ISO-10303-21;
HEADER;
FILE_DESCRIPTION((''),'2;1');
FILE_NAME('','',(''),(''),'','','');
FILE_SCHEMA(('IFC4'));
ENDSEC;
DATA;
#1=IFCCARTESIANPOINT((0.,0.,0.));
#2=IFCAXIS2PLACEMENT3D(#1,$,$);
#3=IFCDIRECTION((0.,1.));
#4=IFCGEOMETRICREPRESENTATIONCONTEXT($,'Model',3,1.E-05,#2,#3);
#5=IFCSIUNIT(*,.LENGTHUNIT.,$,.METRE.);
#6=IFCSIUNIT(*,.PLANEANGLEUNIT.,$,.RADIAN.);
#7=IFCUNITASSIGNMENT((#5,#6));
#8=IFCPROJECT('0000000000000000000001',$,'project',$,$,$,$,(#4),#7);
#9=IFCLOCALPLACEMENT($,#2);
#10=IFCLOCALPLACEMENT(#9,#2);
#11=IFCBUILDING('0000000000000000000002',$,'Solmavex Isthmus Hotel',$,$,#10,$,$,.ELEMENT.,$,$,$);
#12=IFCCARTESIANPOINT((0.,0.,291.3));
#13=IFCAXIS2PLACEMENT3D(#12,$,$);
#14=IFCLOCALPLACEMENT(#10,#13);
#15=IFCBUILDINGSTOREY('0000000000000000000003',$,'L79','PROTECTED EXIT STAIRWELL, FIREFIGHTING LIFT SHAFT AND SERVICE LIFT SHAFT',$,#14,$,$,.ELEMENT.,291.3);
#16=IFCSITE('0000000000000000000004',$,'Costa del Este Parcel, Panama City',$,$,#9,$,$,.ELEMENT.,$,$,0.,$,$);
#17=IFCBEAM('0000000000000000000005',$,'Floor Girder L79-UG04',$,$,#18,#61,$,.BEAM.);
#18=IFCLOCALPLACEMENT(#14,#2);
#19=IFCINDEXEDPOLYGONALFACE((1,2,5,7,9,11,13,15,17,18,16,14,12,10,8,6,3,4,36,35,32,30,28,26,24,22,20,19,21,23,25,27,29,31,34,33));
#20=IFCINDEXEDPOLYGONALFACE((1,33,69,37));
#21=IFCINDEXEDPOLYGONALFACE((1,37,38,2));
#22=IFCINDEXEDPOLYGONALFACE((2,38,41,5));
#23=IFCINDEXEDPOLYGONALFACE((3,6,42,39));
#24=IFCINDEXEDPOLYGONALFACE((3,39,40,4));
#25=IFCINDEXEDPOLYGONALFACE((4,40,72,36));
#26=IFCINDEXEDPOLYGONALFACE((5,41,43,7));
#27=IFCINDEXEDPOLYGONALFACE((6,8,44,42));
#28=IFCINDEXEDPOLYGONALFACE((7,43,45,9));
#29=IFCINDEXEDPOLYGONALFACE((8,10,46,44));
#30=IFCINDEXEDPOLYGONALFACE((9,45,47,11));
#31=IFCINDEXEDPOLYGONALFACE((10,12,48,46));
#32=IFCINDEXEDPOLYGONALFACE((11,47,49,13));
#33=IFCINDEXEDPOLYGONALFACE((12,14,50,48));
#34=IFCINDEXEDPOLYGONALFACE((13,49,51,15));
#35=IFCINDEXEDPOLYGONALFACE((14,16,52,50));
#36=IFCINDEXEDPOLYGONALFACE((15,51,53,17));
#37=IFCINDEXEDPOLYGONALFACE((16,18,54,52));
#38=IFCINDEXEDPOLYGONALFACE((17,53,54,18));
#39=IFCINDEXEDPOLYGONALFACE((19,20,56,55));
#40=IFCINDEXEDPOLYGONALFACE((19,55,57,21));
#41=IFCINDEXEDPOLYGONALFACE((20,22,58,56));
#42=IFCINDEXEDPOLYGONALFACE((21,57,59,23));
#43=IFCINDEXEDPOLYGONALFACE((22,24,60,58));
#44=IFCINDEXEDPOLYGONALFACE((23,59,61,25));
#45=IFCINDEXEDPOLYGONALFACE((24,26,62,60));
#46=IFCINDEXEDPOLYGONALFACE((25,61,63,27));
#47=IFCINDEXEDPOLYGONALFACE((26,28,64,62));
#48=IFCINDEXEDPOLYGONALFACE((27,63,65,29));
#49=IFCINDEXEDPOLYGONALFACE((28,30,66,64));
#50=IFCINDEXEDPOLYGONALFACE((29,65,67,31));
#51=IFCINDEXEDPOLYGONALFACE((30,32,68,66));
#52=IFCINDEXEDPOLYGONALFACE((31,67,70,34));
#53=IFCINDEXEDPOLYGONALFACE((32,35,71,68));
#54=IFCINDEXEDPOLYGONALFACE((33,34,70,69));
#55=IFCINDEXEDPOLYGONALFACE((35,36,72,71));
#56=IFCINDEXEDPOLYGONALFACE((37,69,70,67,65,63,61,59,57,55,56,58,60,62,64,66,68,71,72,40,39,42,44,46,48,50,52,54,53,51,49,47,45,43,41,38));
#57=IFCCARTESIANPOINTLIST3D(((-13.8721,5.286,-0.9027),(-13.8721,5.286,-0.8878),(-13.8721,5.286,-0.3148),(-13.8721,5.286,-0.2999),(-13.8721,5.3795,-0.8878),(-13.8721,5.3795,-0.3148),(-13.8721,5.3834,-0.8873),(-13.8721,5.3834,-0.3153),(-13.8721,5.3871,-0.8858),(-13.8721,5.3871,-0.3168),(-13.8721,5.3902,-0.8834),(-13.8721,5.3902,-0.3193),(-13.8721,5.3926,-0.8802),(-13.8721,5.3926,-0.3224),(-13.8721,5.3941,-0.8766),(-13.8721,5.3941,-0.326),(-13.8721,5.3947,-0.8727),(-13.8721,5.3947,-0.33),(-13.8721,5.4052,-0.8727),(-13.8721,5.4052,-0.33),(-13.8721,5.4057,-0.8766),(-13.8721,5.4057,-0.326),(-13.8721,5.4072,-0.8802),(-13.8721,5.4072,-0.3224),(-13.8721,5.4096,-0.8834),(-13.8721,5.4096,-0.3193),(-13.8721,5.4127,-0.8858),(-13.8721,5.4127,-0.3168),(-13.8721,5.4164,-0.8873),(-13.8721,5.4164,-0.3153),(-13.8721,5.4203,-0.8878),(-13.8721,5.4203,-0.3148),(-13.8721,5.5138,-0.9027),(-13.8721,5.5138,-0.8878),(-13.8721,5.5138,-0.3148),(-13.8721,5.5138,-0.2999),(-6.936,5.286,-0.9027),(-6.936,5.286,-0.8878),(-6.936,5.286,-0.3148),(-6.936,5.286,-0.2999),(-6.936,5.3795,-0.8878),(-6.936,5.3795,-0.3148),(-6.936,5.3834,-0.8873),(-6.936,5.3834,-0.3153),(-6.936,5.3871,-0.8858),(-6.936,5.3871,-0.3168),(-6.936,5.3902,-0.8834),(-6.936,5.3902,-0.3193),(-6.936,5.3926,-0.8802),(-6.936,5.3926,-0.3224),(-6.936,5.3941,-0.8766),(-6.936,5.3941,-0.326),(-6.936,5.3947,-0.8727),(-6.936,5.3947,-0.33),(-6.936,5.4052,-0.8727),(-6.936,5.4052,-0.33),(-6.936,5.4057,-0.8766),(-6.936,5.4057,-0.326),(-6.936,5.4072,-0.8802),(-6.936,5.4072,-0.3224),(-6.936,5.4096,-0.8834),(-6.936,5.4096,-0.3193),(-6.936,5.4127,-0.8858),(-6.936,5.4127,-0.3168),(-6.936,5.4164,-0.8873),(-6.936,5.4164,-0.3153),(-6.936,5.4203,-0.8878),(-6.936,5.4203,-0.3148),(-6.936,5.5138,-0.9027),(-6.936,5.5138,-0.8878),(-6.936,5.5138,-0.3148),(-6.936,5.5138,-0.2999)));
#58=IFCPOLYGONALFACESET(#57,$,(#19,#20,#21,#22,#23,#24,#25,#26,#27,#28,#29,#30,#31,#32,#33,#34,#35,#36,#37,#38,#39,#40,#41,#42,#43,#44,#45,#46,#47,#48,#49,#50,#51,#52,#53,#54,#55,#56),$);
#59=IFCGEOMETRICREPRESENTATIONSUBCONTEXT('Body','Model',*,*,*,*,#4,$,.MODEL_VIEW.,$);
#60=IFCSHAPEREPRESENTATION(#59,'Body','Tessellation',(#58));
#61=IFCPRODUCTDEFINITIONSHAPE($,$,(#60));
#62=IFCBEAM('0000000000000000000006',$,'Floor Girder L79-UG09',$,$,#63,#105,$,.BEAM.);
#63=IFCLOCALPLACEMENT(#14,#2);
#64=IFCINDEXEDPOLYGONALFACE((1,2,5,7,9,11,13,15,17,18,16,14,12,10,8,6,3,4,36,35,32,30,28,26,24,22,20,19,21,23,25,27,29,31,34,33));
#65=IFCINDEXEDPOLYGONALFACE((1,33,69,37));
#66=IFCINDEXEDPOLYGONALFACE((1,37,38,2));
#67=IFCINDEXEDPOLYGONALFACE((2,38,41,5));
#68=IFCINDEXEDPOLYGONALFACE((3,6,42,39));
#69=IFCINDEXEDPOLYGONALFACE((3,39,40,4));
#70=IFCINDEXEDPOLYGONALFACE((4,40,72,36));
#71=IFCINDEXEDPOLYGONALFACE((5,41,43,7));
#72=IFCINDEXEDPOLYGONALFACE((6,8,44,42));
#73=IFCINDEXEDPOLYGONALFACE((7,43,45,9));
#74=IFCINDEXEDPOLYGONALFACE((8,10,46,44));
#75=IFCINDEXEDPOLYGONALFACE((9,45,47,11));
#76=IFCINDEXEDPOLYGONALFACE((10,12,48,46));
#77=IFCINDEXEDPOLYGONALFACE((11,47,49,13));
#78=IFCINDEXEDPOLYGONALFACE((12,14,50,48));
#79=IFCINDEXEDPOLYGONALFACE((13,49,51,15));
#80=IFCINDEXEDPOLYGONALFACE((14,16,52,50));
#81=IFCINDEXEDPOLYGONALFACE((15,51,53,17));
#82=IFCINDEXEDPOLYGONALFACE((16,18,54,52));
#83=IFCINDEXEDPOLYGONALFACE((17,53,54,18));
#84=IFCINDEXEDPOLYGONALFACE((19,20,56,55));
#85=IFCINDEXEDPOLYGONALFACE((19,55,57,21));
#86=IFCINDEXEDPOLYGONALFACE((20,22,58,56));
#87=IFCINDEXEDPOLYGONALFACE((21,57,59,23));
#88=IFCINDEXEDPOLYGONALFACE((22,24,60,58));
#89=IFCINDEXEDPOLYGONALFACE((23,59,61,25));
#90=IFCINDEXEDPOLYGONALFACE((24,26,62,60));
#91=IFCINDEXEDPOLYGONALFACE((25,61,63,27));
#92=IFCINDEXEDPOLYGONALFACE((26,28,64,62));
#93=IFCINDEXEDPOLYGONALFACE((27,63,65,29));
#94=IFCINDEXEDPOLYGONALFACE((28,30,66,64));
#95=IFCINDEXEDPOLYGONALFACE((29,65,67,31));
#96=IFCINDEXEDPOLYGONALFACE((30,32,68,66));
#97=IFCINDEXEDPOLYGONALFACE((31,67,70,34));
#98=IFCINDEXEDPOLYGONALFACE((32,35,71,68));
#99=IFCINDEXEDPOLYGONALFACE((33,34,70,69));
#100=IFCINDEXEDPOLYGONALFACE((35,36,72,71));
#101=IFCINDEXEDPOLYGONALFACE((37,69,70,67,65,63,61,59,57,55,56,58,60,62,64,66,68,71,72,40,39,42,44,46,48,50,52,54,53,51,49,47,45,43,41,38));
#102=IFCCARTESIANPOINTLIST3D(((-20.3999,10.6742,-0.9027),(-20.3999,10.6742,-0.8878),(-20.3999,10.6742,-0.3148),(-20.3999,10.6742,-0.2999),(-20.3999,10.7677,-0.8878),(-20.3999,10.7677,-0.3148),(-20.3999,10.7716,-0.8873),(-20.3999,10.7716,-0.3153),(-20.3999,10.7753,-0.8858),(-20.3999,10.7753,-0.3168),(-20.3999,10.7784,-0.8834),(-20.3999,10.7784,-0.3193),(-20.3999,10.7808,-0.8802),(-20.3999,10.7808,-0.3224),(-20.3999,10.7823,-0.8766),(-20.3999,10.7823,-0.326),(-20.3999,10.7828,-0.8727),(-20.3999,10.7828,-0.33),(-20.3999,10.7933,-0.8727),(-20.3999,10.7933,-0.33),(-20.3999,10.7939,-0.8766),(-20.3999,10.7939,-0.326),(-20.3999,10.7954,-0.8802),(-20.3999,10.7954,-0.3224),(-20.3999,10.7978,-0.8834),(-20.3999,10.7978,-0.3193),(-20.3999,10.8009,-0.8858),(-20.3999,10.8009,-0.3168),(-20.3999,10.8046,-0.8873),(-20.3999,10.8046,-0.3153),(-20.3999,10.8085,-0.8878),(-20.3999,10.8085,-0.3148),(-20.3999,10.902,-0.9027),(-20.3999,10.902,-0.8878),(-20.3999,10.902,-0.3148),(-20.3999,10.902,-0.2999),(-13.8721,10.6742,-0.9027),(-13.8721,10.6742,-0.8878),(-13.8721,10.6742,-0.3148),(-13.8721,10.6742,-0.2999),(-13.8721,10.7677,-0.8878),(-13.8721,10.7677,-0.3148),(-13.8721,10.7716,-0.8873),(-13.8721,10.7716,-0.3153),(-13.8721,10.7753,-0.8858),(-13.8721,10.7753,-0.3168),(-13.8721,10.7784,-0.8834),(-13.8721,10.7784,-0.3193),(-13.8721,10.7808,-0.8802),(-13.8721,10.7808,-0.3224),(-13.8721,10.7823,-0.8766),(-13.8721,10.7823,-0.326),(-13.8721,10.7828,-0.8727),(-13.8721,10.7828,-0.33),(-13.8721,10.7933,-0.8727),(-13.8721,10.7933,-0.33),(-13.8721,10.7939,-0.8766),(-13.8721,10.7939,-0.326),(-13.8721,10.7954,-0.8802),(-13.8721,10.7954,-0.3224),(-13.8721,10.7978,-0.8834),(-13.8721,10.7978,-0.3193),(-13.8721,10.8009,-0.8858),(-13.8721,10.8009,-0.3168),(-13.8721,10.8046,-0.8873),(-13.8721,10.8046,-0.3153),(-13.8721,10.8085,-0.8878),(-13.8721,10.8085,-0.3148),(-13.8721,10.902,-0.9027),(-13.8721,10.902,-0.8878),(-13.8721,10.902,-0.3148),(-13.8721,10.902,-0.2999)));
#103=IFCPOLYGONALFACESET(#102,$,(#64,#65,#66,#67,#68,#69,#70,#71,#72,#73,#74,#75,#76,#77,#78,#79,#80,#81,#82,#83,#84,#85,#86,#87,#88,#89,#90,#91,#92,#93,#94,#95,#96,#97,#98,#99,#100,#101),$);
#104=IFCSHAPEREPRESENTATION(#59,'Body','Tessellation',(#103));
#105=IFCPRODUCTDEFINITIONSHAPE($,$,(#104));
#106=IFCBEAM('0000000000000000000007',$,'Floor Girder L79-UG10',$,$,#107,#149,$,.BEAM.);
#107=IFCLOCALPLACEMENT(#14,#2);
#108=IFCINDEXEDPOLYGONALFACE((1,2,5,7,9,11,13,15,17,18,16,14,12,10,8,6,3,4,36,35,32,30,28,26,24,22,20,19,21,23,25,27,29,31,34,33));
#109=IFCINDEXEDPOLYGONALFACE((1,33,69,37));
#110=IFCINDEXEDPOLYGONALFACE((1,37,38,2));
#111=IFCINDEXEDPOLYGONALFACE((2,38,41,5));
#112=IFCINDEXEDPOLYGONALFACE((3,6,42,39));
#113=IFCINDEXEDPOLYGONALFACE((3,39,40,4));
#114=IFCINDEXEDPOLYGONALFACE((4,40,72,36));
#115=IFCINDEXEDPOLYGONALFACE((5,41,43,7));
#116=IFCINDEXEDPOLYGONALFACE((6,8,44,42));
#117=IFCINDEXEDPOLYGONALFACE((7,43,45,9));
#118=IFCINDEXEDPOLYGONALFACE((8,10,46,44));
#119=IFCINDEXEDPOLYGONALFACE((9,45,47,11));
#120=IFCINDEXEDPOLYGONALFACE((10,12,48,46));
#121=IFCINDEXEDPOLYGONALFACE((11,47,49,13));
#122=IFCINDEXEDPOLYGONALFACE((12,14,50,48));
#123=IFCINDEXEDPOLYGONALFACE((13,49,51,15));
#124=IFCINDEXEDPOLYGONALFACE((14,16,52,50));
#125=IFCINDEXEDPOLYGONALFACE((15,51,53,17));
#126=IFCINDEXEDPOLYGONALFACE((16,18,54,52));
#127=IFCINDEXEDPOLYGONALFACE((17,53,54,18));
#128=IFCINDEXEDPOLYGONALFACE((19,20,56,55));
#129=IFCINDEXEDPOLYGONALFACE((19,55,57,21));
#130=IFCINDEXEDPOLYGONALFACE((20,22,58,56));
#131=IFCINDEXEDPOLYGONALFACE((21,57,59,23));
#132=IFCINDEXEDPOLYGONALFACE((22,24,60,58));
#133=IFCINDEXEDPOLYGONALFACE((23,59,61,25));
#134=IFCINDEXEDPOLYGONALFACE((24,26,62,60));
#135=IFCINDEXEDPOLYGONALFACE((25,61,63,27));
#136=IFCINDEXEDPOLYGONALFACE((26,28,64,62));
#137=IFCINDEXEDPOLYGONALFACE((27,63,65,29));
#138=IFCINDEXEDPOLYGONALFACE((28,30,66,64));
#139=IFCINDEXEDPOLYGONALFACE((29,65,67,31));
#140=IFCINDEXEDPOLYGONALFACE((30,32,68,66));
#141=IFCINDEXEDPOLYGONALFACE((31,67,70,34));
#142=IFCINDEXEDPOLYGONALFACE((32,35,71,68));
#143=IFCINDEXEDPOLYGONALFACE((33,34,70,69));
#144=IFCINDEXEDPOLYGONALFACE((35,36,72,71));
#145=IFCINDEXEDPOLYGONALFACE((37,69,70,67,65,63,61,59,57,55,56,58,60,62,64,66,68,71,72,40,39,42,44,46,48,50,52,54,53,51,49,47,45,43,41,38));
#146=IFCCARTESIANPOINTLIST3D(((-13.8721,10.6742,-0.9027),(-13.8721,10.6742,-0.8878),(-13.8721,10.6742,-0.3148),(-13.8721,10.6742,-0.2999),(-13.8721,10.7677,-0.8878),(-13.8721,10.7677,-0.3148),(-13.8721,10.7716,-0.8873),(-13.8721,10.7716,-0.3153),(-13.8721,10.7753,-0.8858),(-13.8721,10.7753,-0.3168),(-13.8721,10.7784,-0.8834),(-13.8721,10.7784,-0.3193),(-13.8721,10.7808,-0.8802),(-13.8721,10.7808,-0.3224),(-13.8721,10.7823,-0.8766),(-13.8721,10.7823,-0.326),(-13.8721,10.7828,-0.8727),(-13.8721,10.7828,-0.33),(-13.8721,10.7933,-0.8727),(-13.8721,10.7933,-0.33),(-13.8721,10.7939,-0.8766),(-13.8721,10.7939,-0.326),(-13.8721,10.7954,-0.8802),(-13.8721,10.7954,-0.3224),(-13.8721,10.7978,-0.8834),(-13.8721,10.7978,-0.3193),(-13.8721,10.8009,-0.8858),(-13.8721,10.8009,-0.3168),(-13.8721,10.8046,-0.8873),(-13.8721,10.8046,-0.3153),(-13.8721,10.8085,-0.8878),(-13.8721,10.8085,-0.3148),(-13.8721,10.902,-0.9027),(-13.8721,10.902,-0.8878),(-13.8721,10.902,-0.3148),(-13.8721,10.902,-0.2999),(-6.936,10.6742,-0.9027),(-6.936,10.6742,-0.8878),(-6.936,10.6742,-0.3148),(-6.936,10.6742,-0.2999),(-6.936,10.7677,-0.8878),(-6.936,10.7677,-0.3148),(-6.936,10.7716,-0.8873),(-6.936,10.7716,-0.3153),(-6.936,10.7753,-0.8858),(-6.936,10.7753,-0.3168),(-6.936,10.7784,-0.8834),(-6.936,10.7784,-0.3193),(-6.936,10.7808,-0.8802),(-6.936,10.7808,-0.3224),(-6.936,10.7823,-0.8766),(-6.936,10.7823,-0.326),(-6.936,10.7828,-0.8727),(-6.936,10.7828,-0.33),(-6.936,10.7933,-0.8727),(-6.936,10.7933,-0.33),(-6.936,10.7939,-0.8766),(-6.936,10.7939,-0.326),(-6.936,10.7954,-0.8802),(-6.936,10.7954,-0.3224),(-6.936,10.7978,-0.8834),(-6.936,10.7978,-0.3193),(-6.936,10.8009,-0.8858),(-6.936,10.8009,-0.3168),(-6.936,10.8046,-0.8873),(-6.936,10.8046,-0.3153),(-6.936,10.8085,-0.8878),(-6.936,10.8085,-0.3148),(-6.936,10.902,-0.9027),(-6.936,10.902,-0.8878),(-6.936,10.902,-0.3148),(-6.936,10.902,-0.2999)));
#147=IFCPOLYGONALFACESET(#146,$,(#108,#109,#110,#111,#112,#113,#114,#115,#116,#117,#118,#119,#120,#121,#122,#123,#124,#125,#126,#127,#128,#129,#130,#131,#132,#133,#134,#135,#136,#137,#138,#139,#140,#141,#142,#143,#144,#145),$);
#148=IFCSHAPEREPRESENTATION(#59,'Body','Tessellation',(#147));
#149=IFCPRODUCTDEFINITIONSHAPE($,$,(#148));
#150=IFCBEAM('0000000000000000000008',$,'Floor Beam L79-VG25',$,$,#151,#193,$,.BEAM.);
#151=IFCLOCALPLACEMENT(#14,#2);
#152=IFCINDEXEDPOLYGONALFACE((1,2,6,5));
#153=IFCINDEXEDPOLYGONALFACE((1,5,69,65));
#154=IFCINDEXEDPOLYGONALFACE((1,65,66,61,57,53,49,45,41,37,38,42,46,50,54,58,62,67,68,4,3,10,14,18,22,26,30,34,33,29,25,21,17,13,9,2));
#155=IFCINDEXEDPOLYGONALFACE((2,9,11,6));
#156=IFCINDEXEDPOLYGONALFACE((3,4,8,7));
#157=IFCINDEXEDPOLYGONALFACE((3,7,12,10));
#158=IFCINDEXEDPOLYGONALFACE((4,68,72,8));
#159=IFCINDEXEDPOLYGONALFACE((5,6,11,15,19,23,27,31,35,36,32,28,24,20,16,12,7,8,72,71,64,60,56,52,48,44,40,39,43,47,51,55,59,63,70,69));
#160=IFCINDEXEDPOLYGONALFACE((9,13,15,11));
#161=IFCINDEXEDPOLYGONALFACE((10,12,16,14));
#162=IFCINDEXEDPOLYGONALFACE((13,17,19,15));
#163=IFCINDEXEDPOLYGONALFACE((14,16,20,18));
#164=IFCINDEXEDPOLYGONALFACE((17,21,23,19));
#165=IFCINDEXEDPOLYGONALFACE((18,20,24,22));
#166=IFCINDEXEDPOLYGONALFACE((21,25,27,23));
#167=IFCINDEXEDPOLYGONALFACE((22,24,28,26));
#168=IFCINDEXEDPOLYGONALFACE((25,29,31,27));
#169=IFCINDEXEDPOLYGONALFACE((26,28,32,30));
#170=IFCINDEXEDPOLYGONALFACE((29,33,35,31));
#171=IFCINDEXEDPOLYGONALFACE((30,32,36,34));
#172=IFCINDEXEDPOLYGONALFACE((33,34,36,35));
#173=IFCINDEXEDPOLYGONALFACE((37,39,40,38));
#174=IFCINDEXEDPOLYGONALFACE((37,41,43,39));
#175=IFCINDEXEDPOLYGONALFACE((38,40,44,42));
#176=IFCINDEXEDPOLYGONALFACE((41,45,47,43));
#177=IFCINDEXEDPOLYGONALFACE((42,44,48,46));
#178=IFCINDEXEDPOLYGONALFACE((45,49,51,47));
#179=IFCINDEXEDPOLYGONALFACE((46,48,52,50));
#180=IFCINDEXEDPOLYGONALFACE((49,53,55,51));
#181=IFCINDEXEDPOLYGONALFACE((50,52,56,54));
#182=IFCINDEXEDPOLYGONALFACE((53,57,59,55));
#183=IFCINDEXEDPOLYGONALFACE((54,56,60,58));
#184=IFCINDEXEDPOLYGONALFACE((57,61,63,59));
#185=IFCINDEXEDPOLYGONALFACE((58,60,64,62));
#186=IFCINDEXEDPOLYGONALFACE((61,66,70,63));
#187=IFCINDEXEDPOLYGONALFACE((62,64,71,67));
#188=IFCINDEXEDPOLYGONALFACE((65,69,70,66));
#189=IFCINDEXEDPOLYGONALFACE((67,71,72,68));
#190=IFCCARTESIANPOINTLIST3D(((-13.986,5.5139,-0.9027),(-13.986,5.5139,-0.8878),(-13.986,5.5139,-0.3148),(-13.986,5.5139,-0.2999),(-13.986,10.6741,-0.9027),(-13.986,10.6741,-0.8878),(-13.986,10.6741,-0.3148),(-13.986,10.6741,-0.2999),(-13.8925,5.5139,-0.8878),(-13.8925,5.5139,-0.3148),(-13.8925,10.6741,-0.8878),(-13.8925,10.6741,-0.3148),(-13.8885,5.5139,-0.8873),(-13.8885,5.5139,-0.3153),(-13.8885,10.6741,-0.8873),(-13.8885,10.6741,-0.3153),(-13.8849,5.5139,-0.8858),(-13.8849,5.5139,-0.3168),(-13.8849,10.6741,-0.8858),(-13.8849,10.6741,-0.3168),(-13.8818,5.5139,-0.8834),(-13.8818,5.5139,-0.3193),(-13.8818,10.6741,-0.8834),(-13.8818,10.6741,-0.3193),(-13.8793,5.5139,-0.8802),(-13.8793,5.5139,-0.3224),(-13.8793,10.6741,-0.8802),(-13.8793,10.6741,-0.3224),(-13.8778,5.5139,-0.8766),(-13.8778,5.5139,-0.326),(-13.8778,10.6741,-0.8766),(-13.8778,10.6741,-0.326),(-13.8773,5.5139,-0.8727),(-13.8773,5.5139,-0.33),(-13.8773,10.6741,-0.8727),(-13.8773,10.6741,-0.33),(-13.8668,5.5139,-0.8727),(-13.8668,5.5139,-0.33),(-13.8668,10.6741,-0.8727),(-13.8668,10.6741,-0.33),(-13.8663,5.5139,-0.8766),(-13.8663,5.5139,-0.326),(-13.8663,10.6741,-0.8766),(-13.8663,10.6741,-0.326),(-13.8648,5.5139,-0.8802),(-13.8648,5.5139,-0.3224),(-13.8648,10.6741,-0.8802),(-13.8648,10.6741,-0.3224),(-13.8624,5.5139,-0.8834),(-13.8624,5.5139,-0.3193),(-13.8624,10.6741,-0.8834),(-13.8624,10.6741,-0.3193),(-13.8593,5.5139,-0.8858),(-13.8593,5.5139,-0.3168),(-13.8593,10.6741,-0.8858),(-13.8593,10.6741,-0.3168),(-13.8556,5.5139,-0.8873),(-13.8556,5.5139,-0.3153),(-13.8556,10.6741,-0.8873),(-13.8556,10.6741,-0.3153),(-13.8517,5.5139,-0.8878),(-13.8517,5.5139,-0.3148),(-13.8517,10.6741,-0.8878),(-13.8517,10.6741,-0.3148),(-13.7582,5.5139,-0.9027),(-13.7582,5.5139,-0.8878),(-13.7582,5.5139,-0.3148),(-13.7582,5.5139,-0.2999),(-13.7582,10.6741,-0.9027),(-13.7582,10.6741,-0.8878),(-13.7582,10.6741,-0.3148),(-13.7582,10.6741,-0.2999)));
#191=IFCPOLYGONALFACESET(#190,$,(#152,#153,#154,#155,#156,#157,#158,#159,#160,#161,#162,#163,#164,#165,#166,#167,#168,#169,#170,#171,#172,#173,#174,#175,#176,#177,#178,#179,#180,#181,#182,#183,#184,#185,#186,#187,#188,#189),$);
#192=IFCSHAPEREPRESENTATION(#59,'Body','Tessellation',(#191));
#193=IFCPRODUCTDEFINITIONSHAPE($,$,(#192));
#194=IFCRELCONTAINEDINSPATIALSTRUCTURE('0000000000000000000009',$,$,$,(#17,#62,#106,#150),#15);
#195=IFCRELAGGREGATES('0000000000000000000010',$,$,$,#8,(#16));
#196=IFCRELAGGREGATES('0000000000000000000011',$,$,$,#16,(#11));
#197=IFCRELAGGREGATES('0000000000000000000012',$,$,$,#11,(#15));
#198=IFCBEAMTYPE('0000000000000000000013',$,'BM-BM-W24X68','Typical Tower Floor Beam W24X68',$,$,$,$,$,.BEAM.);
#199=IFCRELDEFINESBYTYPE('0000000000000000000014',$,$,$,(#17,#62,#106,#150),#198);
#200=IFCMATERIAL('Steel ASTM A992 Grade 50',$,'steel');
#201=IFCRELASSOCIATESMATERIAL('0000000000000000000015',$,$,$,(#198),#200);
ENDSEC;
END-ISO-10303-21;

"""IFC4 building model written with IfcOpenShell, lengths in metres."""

from ifc_helpers import new_model, si_unit, direction, frame, origin, origin_2d, place, context, subcontext, project, spatial, i_section, extrude, material, material_profile, profile_set, type_object, element, save


model = new_model("IFC4")

# Units and contexts
model_context = context("Model", 3, precision=1e-05, world=origin(), true_north=direction((0.0, 1.0)))
body_context = subcontext(model_context, "Body", "Model", "MODEL_VIEW")
ifc_project = project(units=[si_unit("LENGTHUNIT", "METRE"), si_unit("PLANEANGLEUNIT", "RADIAN")], contexts=[model_context])

# Site, building, storey
site_placement = place(None, origin())
site = spatial("IfcSite", under=ifc_project, at=site_placement, Name="Costa del Este Parcel, Panama City", CompositionType="ELEMENT", RefElevation=0.0)
building_placement = place(site_placement, origin())
building = spatial("IfcBuilding", under=site, at=building_placement, Name="Solmavex Isthmus Hotel", CompositionType="ELEMENT")
storey_placement = place(building_placement, frame((0.0, 0.0, 291.3)))
storey = spatial("IfcBuildingStorey", under=building, at=storey_placement, Name="L79", Description="PROTECTED EXIT STAIRWELL, FIREFIGHTING LIFT SHAFT AND SERVICE LIFT SHAFT", CompositionType="ELEMENT", Elevation=291.3)

# Beams
ifc_material_1 = material(Name="Steel ASTM A992 Grade 50", Category="steel")
ifc_material_profile_1 = material_profile(ifc_material_1, i_section(OverallWidth=0.2278, OverallDepth=0.6028, WebThickness=0.0105, FlangeThickness=0.0149, FilletRadius=0.0151, at=origin_2d()), Name="W24X68")
ifc_profile_set_1 = profile_set([ifc_material_profile_1], Name="Steel ASTM A992 Grade 50")
beam_type_1 = type_object("IfcBeamType", Name="BM-BM-W24X68", Description="Typical Tower Floor Beam W24X68", PredefinedType="BEAM", material=ifc_profile_set_1)
beam_1_placement = place(storey_placement, frame((-13.8721, 5.3999, -0.6013), z_axis=(1.0, 0.0, 0.0), x_axis=(0.0, 1.0, 0.0)))
element("IfcBeam", 1, at=beam_1_placement, inside=storey, type_object=beam_type_1, Name="Floor Girder L79-UG04", PredefinedType="BEAM", context=body_context, shape_type="SweptSolid", body=[
    extrude(i_section(OverallWidth=0.2278, OverallDepth=0.6028, WebThickness=0.0105, FlangeThickness=0.0149, FilletRadius=0.0151, at=origin_2d()), origin(), (0.0, 0.0, 1.0), 6.936),
])
beam_2_placement = place(storey_placement, frame((-20.3999, 10.7881, -0.6013), z_axis=(1.0, 0.0, 0.0), x_axis=(0.0, 1.0, 0.0)))
element("IfcBeam", 2, at=beam_2_placement, inside=storey, type_object=beam_type_1, Name="Floor Girder L79-UG09", PredefinedType="BEAM", context=body_context, shape_type="SweptSolid", body=[
    extrude(i_section(OverallWidth=0.2278, OverallDepth=0.6028, WebThickness=0.0105, FlangeThickness=0.0149, FilletRadius=0.0151, at=origin_2d()), origin(), (0.0, 0.0, 1.0), 6.5278),
])
beam_3_placement = place(storey_placement, frame((-13.8721, 10.7881, -0.6013), z_axis=(1.0, 0.0, 0.0), x_axis=(0.0, 1.0, 0.0)))
element("IfcBeam", 3, at=beam_3_placement, inside=storey, type_object=beam_type_1, Name="Floor Girder L79-UG10", PredefinedType="BEAM", context=body_context, shape_type="SweptSolid", body=[
    extrude(i_section(OverallWidth=0.2278, OverallDepth=0.6028, WebThickness=0.0105, FlangeThickness=0.0149, FilletRadius=0.0151, at=origin_2d()), origin(), (0.0, 0.0, 1.0), 6.936),
])
beam_4_placement = place(storey_placement, frame((-13.8721, 5.5139, -0.6013), z_axis=(0.0, 1.0, 0.0), x_axis=(-1.0, 0.0, 0.0)))
element("IfcBeam", 4, at=beam_4_placement, inside=storey, type_object=beam_type_1, Name="Floor Beam L79-VG25", PredefinedType="BEAM", context=body_context, shape_type="SweptSolid", body=[
    extrude(i_section(OverallWidth=0.2278, OverallDepth=0.6028, WebThickness=0.0105, FlangeThickness=0.0149, FilletRadius=0.0151, at=origin_2d()), origin(), (0.0, 0.0, 1.0), 5.1602),
])

save(model, "model.ifc")
